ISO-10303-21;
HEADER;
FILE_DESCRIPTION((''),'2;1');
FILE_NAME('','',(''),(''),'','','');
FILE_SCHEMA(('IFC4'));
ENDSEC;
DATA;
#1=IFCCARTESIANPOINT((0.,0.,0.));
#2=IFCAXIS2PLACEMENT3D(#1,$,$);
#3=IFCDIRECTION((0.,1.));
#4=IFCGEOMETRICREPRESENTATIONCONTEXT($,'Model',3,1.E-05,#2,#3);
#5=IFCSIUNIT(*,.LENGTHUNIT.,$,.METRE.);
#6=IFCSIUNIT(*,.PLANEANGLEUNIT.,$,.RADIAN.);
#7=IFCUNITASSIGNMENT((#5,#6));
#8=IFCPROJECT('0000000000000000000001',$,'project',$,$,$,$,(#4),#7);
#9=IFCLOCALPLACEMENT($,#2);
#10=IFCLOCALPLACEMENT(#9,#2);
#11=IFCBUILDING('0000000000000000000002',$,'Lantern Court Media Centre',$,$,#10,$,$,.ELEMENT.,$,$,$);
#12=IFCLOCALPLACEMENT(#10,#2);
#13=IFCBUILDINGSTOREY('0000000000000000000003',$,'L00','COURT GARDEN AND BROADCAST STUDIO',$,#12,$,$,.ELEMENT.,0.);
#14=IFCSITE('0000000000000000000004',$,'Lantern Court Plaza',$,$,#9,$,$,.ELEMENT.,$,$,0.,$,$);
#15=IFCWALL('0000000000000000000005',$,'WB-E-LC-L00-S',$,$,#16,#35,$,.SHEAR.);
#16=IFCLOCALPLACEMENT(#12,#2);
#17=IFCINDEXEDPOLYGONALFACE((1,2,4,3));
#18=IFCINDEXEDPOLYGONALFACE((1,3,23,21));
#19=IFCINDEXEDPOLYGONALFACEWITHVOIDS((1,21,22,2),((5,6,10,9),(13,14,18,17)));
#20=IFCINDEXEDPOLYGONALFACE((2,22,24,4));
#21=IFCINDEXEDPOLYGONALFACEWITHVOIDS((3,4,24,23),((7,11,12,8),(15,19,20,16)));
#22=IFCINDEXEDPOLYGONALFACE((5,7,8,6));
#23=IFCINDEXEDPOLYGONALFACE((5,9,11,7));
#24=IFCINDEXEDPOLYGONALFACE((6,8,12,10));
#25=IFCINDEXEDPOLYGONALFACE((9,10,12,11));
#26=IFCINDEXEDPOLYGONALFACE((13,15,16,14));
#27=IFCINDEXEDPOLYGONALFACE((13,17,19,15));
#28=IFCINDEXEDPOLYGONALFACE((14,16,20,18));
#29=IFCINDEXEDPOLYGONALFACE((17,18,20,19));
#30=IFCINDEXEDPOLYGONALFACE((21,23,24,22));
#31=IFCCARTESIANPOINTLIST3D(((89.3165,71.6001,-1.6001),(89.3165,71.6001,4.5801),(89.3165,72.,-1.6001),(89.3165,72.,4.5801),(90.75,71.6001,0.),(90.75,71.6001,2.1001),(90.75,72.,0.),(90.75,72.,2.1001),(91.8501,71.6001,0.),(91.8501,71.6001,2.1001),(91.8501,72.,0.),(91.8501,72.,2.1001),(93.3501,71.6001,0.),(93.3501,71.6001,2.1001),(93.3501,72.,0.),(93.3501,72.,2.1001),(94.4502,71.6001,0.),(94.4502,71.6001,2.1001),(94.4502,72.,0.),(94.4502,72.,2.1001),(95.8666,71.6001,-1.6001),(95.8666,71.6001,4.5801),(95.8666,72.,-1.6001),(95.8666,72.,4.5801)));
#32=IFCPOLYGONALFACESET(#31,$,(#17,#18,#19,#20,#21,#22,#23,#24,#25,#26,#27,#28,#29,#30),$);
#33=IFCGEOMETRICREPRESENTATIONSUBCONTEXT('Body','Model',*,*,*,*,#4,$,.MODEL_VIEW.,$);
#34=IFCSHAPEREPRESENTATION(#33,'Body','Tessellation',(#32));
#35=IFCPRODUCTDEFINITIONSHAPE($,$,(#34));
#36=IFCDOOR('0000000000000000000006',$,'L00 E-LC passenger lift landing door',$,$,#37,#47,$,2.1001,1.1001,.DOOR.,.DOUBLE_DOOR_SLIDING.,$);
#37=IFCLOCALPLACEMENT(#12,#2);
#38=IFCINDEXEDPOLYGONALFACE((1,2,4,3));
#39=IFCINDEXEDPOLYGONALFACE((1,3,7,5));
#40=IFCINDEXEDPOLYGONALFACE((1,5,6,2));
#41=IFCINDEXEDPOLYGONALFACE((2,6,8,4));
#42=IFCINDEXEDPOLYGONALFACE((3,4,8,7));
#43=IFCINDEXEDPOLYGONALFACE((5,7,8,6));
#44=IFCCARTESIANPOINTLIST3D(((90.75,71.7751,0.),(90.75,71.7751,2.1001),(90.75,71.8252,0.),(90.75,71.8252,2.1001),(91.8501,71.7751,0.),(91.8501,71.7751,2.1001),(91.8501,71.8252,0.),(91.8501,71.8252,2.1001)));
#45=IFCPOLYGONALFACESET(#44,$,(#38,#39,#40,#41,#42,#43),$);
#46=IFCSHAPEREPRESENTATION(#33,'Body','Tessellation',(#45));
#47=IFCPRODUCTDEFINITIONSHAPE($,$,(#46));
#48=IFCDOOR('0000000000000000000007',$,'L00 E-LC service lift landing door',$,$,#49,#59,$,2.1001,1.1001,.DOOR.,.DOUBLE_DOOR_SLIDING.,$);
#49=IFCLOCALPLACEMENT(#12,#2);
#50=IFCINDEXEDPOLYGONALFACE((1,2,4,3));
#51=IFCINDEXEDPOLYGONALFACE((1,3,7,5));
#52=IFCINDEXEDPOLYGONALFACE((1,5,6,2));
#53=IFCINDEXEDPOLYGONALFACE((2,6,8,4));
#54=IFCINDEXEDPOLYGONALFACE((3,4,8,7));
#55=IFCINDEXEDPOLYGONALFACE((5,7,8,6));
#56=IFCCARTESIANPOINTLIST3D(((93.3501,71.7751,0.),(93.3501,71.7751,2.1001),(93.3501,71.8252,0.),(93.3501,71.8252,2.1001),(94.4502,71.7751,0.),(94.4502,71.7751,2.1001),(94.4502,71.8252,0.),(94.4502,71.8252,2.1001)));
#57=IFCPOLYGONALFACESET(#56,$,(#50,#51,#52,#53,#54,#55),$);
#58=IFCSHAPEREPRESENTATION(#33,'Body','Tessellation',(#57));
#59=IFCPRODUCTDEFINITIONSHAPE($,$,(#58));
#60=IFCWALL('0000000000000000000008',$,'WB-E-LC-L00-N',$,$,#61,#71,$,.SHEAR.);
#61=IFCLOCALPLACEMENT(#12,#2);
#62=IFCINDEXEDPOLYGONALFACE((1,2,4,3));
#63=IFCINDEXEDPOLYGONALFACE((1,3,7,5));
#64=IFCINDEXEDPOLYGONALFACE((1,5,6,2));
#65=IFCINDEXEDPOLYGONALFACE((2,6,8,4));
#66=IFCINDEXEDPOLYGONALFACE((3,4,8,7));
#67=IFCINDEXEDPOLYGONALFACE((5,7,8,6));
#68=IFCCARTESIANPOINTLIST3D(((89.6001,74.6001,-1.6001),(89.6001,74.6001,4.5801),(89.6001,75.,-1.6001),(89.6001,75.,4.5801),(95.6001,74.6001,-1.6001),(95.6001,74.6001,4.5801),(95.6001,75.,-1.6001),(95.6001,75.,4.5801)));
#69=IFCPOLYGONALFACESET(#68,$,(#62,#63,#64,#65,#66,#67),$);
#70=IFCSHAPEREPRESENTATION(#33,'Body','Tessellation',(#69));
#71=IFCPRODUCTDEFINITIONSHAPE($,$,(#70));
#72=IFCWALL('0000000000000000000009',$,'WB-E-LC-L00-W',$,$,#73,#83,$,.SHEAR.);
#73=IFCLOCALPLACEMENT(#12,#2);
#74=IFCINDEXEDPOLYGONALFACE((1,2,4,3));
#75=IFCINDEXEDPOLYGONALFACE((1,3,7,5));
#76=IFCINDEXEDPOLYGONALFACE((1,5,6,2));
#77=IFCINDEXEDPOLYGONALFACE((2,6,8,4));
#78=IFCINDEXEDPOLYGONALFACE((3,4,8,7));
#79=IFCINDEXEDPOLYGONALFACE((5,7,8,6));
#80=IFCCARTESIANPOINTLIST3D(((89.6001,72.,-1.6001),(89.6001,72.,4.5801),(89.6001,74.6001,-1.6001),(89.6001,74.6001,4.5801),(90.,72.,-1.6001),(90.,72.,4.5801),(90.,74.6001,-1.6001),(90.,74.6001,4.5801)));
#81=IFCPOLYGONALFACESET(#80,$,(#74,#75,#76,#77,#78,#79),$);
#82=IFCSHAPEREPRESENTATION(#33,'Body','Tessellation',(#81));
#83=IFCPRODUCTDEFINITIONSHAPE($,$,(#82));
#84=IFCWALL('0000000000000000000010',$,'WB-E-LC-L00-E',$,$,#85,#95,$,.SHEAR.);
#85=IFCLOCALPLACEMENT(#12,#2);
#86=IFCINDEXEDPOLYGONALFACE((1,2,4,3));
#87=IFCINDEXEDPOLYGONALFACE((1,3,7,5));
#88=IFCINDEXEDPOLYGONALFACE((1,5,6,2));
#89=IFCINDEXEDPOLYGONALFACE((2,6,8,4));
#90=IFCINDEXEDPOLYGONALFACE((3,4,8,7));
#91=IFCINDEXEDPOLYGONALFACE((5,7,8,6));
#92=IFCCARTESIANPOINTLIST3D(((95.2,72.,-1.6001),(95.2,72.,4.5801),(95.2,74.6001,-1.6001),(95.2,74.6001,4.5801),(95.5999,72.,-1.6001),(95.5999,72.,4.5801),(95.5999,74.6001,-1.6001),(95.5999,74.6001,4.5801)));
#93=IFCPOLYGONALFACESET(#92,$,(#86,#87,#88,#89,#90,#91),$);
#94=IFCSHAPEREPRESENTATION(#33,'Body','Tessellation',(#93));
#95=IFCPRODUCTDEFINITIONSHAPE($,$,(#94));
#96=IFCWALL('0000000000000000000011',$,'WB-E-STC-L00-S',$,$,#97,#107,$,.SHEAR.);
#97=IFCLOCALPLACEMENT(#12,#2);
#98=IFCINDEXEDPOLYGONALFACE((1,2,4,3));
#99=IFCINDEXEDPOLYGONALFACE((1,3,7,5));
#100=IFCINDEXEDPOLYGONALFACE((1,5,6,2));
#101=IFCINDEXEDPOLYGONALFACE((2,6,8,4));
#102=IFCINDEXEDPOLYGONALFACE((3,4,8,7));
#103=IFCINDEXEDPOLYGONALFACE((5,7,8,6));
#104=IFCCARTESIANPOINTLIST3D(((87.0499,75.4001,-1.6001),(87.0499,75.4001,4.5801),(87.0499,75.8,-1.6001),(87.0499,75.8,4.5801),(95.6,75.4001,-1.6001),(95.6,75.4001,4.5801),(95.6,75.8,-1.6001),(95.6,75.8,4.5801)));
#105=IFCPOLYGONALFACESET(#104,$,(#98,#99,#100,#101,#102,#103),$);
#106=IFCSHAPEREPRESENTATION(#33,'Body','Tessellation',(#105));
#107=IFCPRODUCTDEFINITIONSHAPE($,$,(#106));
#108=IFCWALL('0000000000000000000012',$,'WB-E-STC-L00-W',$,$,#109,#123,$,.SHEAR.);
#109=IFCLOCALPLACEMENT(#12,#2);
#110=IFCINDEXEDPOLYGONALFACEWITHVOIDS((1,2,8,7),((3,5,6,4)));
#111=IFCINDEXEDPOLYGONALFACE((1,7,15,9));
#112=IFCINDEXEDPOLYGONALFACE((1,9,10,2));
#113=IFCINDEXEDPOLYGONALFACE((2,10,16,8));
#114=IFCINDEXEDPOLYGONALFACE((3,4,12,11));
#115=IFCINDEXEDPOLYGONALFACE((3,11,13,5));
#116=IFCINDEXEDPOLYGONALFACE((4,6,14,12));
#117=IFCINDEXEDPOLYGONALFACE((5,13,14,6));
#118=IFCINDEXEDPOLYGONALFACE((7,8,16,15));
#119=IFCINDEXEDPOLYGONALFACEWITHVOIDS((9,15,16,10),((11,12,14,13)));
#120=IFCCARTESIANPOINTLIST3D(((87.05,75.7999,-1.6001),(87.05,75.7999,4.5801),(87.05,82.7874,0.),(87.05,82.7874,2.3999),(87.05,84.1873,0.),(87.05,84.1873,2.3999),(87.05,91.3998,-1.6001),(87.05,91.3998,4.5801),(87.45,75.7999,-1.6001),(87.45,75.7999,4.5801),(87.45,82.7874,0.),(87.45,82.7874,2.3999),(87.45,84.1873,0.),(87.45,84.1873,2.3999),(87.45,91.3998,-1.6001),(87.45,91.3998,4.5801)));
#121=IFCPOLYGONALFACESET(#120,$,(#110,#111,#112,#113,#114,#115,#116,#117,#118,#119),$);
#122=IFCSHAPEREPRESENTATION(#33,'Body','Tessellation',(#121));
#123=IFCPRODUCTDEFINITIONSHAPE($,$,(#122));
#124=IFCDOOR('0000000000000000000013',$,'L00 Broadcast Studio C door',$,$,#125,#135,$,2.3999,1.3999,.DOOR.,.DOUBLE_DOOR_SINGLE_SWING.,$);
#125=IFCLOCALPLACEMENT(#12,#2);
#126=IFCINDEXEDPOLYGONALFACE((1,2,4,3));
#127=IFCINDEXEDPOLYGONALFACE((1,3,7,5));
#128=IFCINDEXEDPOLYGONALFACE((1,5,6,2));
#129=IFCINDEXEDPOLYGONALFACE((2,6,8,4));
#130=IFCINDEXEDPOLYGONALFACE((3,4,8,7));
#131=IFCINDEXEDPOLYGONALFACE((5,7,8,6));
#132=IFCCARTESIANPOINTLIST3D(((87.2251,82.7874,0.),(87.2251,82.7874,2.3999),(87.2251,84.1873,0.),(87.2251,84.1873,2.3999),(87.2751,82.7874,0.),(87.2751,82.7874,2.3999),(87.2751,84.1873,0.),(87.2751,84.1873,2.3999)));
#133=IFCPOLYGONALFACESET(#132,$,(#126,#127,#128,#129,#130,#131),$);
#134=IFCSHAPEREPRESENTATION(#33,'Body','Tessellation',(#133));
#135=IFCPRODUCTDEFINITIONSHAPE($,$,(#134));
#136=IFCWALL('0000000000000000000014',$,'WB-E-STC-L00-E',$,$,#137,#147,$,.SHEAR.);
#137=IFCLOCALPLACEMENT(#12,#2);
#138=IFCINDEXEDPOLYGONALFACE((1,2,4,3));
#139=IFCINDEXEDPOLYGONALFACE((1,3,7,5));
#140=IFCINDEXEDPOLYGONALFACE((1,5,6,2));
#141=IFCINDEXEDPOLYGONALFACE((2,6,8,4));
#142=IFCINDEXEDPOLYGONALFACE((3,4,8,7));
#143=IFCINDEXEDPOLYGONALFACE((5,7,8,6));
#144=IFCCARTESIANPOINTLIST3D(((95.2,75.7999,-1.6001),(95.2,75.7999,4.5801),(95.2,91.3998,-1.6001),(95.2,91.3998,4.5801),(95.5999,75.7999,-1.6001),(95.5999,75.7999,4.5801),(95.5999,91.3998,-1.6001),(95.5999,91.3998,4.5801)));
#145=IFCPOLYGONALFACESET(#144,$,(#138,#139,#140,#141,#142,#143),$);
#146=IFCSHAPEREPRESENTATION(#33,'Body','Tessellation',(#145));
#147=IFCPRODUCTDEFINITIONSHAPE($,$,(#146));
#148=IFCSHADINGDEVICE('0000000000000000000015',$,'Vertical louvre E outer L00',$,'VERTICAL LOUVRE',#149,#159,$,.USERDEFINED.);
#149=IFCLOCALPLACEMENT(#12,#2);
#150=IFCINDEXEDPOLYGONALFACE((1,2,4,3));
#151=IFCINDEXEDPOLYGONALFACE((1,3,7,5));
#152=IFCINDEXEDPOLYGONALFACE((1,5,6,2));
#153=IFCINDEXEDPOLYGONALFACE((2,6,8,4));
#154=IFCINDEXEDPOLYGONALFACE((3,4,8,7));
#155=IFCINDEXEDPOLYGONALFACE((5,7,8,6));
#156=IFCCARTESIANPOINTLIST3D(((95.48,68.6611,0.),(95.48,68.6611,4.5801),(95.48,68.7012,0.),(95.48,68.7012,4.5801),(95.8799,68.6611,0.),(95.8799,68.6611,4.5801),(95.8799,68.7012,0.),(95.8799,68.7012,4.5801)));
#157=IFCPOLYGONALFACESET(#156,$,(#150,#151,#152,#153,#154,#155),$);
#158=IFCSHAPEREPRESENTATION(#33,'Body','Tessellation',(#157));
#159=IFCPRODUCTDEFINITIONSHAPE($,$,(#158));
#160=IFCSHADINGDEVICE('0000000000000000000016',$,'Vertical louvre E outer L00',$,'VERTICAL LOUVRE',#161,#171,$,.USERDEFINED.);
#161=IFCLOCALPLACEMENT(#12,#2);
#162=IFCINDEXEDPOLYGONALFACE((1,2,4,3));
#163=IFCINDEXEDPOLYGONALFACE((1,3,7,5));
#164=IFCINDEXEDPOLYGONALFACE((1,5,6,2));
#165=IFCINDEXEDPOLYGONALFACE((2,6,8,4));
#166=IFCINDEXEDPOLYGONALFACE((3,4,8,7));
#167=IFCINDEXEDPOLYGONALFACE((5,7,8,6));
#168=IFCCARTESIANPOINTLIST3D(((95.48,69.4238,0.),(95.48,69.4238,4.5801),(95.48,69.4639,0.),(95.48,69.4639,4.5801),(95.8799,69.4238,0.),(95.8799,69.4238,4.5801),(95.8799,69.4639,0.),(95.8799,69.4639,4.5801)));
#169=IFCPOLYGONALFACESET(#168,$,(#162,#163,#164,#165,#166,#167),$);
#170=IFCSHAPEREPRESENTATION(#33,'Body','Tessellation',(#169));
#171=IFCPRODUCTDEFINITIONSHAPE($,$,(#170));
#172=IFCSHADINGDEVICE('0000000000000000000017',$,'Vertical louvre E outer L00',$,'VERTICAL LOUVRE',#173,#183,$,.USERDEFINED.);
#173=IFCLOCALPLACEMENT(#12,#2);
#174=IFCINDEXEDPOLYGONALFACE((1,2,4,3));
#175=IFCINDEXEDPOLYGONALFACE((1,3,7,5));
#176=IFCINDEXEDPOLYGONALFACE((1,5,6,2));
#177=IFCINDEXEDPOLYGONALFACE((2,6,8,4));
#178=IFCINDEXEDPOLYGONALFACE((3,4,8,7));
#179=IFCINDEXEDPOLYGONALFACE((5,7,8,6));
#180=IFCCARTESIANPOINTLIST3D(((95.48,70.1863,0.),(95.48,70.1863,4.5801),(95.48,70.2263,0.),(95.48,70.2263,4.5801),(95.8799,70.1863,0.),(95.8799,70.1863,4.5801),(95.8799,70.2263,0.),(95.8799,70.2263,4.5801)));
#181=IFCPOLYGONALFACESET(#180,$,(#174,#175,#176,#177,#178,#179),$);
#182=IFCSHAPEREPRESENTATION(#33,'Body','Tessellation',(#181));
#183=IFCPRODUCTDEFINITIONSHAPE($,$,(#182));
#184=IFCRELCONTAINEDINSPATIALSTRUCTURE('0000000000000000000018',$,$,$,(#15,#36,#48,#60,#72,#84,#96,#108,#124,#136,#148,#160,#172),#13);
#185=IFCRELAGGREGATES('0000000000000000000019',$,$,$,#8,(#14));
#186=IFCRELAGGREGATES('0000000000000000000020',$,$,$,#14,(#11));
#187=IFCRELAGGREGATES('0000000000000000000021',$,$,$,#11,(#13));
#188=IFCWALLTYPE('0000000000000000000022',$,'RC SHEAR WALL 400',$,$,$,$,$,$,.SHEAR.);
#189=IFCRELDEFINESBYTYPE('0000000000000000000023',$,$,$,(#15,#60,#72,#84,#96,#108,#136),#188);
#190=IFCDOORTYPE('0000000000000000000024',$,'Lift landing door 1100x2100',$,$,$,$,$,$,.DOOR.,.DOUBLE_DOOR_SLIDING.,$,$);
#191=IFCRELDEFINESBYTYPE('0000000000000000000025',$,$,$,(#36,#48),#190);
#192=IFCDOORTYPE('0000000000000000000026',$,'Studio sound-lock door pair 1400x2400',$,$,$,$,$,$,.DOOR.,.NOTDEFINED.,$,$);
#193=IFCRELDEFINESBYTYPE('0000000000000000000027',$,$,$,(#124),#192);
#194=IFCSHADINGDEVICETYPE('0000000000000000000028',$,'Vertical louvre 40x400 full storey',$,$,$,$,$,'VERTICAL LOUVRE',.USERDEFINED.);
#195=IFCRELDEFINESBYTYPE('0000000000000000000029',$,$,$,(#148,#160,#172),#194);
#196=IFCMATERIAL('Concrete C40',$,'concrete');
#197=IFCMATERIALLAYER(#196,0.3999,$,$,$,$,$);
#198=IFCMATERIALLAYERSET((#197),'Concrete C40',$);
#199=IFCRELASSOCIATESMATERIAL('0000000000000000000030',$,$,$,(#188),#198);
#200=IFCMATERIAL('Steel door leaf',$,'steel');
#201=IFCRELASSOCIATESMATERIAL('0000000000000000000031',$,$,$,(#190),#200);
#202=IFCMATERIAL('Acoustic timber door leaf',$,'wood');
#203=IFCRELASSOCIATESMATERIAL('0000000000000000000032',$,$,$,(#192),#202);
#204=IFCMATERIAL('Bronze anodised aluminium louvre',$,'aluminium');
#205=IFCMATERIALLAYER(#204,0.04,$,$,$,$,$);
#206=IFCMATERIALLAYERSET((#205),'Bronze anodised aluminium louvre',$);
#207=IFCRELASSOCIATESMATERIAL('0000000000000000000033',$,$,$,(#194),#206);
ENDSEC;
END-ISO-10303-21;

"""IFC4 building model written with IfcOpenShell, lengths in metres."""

from ifc_helpers import new_model, si_unit, direction, frame, frame_2d, origin, origin_2d, place, context, subcontext, project, spatial, rectangle, extrude, material, layer, layer_set, type_object, element, fill, save


model = new_model("IFC4")

# Units and contexts
model_context = context("Model", 3, precision=1e-05, world=origin(), true_north=direction((0.0, 1.0)))
body_context = subcontext(model_context, "Body", "Model", "MODEL_VIEW")
ifc_project = project(units=[si_unit("LENGTHUNIT", "METRE"), si_unit("PLANEANGLEUNIT", "RADIAN")], contexts=[model_context])

# Site, building, storey
site_placement = place(None, origin())
site = spatial("IfcSite", under=ifc_project, at=site_placement, Name="Lantern Court Plaza", CompositionType="ELEMENT", RefElevation=0.0)
building_placement = place(site_placement, origin())
building = spatial("IfcBuilding", under=site, at=building_placement, Name="Lantern Court Media Centre", CompositionType="ELEMENT")
storey_placement = place(building_placement, origin())
storey = spatial("IfcBuildingStorey", under=building, at=storey_placement, Name="L00", Description="COURT GARDEN AND BROADCAST STUDIO", CompositionType="ELEMENT", Elevation=0.0)

# Shared definitions
ifc_material_1 = material(Name="Concrete C40", Category="concrete")

# Wall, openings, doors
ifc_layer_1 = layer(ifc_material_1, 0.3999)
ifc_layer_set_1 = layer_set([ifc_layer_1], Name="Concrete C40")
wall_type_1 = type_object("IfcWallType", Name="RC SHEAR WALL 400", PredefinedType="SHEAR", material=ifc_layer_set_1)
wall_1_placement = place(storey_placement, frame((89.3167, 71.8, -1.6001), z_axis=(0.0, 0.0, 1.0), x_axis=(1.0, 0.0, 0.0)))
wall_1 = element("IfcWall", 1, at=wall_1_placement, inside=storey, type_object=wall_type_1, Name="WB-E-LC-L00-S", PredefinedType="SHEAR", context=body_context, shape_type="SweptSolid", body=[
    extrude(rectangle(XDim=6.55, YDim=0.3999, at=frame_2d((3.2749, 0.0))), origin(), (0.0, 0.0, 1.0), 6.1802),
])
opening_1_placement = place(wall_1_placement, frame((1.4333, 0.0, 1.6001)))
opening_1 = element("IfcOpeningElement", 2, at=opening_1_placement, cuts=wall_1, PredefinedType="OPENING", context=body_context, shape_type="SweptSolid", body=[
    extrude(rectangle(XDim=1.1001, YDim=2.1001, at=frame_2d((0.55, 1.05))), frame((0.0, 0.21, 0.0), z_axis=(0.0, -1.0, 0.0), x_axis=(1.0, 0.0, 0.0)), (0.0, 0.0, 1.0), 0.4199),
])
opening_2_placement = place(wall_1_placement, frame((4.0334, 0.0, 1.6001)))
opening_2 = element("IfcOpeningElement", 3, at=opening_2_placement, cuts=wall_1, PredefinedType="OPENING", context=body_context, shape_type="SweptSolid", body=[
    extrude(rectangle(XDim=1.1001, YDim=2.1001, at=frame_2d((0.55, 1.05))), frame((0.0, 0.21, 0.0), z_axis=(0.0, -1.0, 0.0), x_axis=(1.0, 0.0, 0.0)), (0.0, 0.0, 1.0), 0.4199),
])
ifc_material_2 = material(Name="Steel door leaf", Category="steel")
door_type_1 = type_object("IfcDoorType", Name="Lift landing door 1100x2100", OperationType="DOUBLE_DOOR_SLIDING", PredefinedType="DOOR", material=ifc_material_2)
door_1_placement = place(opening_1_placement, frame((1.1001, 0.0, 0.0), z_axis=(0.0, 0.0, 1.0), x_axis=(-1.0, 0.0, 0.0)))
door_1 = element("IfcDoor", 4, at=door_1_placement, inside=storey, type_object=door_type_1, Name="L00 E-LC passenger lift landing door", OperationType="DOUBLE_DOOR_SLIDING", OverallHeight=2.1001, OverallWidth=1.1001, PredefinedType="DOOR", context=body_context, shape_type="SweptSolid", body=[
    extrude(rectangle(XDim=1.1001, YDim=2.1001, at=frame_2d((0.55, 1.05))), frame((0.0, 0.0249, 0.0), z_axis=(0.0, -1.0, 0.0), x_axis=(1.0, 0.0, 0.0)), (0.0, 0.0, 1.0), 0.05),
])
fill(opening_1, door_1)
door_2_placement = place(opening_2_placement, frame((1.1001, 0.0, 0.0), z_axis=(0.0, 0.0, 1.0), x_axis=(-1.0, 0.0, 0.0)))
door_2 = element("IfcDoor", 5, at=door_2_placement, inside=storey, type_object=door_type_1, Name="L00 E-LC service lift landing door", OperationType="DOUBLE_DOOR_SLIDING", OverallHeight=2.1001, OverallWidth=1.1001, PredefinedType="DOOR", context=body_context, shape_type="SweptSolid", body=[
    extrude(rectangle(XDim=1.1001, YDim=2.1001, at=frame_2d((0.55, 1.05))), frame((0.0, 0.0249, 0.0), z_axis=(0.0, -1.0, 0.0), x_axis=(1.0, 0.0, 0.0)), (0.0, 0.0, 1.0), 0.05),
])
fill(opening_2, door_2)

# Walls
wall_2_placement = place(storey_placement, frame((89.6001, 74.8, -1.6001), z_axis=(0.0, 0.0, 1.0), x_axis=(1.0, 0.0, 0.0)))
element("IfcWall", 6, at=wall_2_placement, inside=storey, type_object=wall_type_1, Name="WB-E-LC-L00-N", PredefinedType="SHEAR", context=body_context, shape_type="SweptSolid", body=[
    extrude(rectangle(XDim=6.0, YDim=0.3999, at=frame_2d((3.0, 0.0))), origin(), (0.0, 0.0, 1.0), 6.1802),
])
for number, where, z_axis, x_axis, name in (
    (7, (89.8, 72.0, -1.6001), (0.0, 0.0, 1.0), (0.0, 1.0, 0.0), "WB-E-LC-L00-W"),
    (8, (95.3999, 72.0, -1.6001), (0.0, 0.0, 1.0), (0.0, 1.0, 0.0), "WB-E-LC-L00-E"),
):
    element("IfcWall", number, at=place(storey_placement, frame(where, z_axis=z_axis, x_axis=x_axis)), inside=storey, type_object=wall_type_1, Name=name, PredefinedType="SHEAR", context=body_context, shape_type="SweptSolid", body=[
        extrude(rectangle(XDim=2.6001, YDim=0.3999, at=frame_2d((1.3, 0.0))), origin(), (0.0, 0.0, 1.0), 6.1802),
    ])
wall_3_placement = place(storey_placement, frame((87.05, 75.6001, -1.6001), z_axis=(0.0, 0.0, 1.0), x_axis=(1.0, 0.0, 0.0)))
element("IfcWall", 9, at=wall_3_placement, inside=storey, type_object=wall_type_1, Name="WB-E-STC-L00-S", PredefinedType="SHEAR", context=body_context, shape_type="SweptSolid", body=[
    extrude(rectangle(XDim=8.55, YDim=0.3999, at=frame_2d((4.2749, 0.0))), origin(), (0.0, 0.0, 1.0), 6.1802),
])

# Wall, opening, door
wall_4_placement = place(storey_placement, frame((87.25, 75.8, -1.6001), z_axis=(0.0, 0.0, 1.0), x_axis=(0.0, 1.0, 0.0)))
wall_4 = element("IfcWall", 10, at=wall_4_placement, inside=storey, type_object=wall_type_1, Name="WB-E-STC-L00-W", PredefinedType="SHEAR", context=body_context, shape_type="SweptSolid", body=[
    extrude(rectangle(XDim=15.5999, YDim=0.3999, at=frame_2d((7.7998, 0.0))), origin(), (0.0, 0.0, 1.0), 6.1802),
])
opening_3_placement = place(wall_4_placement, frame((6.9873, 0.0, 1.6001)))
opening_3 = element("IfcOpeningElement", 11, at=opening_3_placement, cuts=wall_4, PredefinedType="OPENING", context=body_context, shape_type="SweptSolid", body=[
    extrude(rectangle(XDim=1.3999, YDim=2.3999, at=frame_2d((0.7, 1.2))), frame((0.0, 0.21, 0.0), z_axis=(0.0, -1.0, 0.0), x_axis=(1.0, 0.0, 0.0)), (0.0, 0.0, 1.0), 0.4199),
])
ifc_material_3 = material(Name="Acoustic timber door leaf", Category="wood")
door_type_2 = type_object("IfcDoorType", Name="Studio sound-lock door pair 1400x2400", OperationType="NOTDEFINED", PredefinedType="DOOR", material=ifc_material_3)
door_3_placement = place(opening_3_placement, origin())
door_3 = element("IfcDoor", 12, at=door_3_placement, inside=storey, type_object=door_type_2, Name="L00 Broadcast Studio C door", OperationType="DOUBLE_DOOR_SINGLE_SWING", OverallHeight=2.3999, OverallWidth=1.3999, PredefinedType="DOOR", context=body_context, shape_type="SweptSolid", body=[
    extrude(rectangle(XDim=1.3999, YDim=2.3999, at=frame_2d((0.7, 1.2))), frame((0.0, 0.0249, 0.0), z_axis=(0.0, -1.0, 0.0), x_axis=(1.0, 0.0, 0.0)), (0.0, 0.0, 1.0), 0.05),
])
fill(opening_3, door_3)

# Wall
wall_5_placement = place(storey_placement, frame((95.3999, 75.8, -1.6001), z_axis=(0.0, 0.0, 1.0), x_axis=(0.0, 1.0, 0.0)))
element("IfcWall", 13, at=wall_5_placement, inside=storey, type_object=wall_type_1, Name="WB-E-STC-L00-E", PredefinedType="SHEAR", context=body_context, shape_type="SweptSolid", body=[
    extrude(rectangle(XDim=15.5999, YDim=0.3999, at=frame_2d((7.7998, 0.0))), origin(), (0.0, 0.0, 1.0), 6.1802),
])

# Shading devices
ifc_material_4 = material(Name="Bronze anodised aluminium louvre", Category="aluminium")
ifc_layer_2 = layer(ifc_material_4, 0.04)
ifc_layer_set_2 = layer_set([ifc_layer_2], Name="Bronze anodised aluminium louvre")
shading_device_type = type_object("IfcShadingDeviceType", Name="Vertical louvre 40x400 full storey", ElementType="VERTICAL LOUVRE", PredefinedType="USERDEFINED", material=ifc_layer_set_2)
for number, where, z_axis, x_axis, name in (
    (14, (95.6799, 68.6812, 0.0), (0.0, 0.0, 1.0), (1.0, 0.0, 0.0), "Vertical louvre E outer L00"),
    (15, (95.6799, 69.4438, 0.0), (0.0, 0.0, 1.0), (1.0, 0.0, 0.0), "Vertical louvre E outer L00"),
    (16, (95.6799, 70.2063, 0.0), (0.0, 0.0, 1.0), (1.0, 0.0, 0.0), "Vertical louvre E outer L00"),
):
    element("IfcShadingDevice", number, at=place(storey_placement, frame(where, z_axis=z_axis, x_axis=x_axis)), inside=storey, type_object=shading_device_type, Name=name, ObjectType="VERTICAL LOUVRE", PredefinedType="USERDEFINED", context=body_context, shape_type="SweptSolid", body=[
        extrude(rectangle(XDim=0.3999, YDim=0.04, at=origin_2d()), origin(), (0.0, 0.0, 1.0), 4.5801),
    ])

save(model, "model.ifc")
